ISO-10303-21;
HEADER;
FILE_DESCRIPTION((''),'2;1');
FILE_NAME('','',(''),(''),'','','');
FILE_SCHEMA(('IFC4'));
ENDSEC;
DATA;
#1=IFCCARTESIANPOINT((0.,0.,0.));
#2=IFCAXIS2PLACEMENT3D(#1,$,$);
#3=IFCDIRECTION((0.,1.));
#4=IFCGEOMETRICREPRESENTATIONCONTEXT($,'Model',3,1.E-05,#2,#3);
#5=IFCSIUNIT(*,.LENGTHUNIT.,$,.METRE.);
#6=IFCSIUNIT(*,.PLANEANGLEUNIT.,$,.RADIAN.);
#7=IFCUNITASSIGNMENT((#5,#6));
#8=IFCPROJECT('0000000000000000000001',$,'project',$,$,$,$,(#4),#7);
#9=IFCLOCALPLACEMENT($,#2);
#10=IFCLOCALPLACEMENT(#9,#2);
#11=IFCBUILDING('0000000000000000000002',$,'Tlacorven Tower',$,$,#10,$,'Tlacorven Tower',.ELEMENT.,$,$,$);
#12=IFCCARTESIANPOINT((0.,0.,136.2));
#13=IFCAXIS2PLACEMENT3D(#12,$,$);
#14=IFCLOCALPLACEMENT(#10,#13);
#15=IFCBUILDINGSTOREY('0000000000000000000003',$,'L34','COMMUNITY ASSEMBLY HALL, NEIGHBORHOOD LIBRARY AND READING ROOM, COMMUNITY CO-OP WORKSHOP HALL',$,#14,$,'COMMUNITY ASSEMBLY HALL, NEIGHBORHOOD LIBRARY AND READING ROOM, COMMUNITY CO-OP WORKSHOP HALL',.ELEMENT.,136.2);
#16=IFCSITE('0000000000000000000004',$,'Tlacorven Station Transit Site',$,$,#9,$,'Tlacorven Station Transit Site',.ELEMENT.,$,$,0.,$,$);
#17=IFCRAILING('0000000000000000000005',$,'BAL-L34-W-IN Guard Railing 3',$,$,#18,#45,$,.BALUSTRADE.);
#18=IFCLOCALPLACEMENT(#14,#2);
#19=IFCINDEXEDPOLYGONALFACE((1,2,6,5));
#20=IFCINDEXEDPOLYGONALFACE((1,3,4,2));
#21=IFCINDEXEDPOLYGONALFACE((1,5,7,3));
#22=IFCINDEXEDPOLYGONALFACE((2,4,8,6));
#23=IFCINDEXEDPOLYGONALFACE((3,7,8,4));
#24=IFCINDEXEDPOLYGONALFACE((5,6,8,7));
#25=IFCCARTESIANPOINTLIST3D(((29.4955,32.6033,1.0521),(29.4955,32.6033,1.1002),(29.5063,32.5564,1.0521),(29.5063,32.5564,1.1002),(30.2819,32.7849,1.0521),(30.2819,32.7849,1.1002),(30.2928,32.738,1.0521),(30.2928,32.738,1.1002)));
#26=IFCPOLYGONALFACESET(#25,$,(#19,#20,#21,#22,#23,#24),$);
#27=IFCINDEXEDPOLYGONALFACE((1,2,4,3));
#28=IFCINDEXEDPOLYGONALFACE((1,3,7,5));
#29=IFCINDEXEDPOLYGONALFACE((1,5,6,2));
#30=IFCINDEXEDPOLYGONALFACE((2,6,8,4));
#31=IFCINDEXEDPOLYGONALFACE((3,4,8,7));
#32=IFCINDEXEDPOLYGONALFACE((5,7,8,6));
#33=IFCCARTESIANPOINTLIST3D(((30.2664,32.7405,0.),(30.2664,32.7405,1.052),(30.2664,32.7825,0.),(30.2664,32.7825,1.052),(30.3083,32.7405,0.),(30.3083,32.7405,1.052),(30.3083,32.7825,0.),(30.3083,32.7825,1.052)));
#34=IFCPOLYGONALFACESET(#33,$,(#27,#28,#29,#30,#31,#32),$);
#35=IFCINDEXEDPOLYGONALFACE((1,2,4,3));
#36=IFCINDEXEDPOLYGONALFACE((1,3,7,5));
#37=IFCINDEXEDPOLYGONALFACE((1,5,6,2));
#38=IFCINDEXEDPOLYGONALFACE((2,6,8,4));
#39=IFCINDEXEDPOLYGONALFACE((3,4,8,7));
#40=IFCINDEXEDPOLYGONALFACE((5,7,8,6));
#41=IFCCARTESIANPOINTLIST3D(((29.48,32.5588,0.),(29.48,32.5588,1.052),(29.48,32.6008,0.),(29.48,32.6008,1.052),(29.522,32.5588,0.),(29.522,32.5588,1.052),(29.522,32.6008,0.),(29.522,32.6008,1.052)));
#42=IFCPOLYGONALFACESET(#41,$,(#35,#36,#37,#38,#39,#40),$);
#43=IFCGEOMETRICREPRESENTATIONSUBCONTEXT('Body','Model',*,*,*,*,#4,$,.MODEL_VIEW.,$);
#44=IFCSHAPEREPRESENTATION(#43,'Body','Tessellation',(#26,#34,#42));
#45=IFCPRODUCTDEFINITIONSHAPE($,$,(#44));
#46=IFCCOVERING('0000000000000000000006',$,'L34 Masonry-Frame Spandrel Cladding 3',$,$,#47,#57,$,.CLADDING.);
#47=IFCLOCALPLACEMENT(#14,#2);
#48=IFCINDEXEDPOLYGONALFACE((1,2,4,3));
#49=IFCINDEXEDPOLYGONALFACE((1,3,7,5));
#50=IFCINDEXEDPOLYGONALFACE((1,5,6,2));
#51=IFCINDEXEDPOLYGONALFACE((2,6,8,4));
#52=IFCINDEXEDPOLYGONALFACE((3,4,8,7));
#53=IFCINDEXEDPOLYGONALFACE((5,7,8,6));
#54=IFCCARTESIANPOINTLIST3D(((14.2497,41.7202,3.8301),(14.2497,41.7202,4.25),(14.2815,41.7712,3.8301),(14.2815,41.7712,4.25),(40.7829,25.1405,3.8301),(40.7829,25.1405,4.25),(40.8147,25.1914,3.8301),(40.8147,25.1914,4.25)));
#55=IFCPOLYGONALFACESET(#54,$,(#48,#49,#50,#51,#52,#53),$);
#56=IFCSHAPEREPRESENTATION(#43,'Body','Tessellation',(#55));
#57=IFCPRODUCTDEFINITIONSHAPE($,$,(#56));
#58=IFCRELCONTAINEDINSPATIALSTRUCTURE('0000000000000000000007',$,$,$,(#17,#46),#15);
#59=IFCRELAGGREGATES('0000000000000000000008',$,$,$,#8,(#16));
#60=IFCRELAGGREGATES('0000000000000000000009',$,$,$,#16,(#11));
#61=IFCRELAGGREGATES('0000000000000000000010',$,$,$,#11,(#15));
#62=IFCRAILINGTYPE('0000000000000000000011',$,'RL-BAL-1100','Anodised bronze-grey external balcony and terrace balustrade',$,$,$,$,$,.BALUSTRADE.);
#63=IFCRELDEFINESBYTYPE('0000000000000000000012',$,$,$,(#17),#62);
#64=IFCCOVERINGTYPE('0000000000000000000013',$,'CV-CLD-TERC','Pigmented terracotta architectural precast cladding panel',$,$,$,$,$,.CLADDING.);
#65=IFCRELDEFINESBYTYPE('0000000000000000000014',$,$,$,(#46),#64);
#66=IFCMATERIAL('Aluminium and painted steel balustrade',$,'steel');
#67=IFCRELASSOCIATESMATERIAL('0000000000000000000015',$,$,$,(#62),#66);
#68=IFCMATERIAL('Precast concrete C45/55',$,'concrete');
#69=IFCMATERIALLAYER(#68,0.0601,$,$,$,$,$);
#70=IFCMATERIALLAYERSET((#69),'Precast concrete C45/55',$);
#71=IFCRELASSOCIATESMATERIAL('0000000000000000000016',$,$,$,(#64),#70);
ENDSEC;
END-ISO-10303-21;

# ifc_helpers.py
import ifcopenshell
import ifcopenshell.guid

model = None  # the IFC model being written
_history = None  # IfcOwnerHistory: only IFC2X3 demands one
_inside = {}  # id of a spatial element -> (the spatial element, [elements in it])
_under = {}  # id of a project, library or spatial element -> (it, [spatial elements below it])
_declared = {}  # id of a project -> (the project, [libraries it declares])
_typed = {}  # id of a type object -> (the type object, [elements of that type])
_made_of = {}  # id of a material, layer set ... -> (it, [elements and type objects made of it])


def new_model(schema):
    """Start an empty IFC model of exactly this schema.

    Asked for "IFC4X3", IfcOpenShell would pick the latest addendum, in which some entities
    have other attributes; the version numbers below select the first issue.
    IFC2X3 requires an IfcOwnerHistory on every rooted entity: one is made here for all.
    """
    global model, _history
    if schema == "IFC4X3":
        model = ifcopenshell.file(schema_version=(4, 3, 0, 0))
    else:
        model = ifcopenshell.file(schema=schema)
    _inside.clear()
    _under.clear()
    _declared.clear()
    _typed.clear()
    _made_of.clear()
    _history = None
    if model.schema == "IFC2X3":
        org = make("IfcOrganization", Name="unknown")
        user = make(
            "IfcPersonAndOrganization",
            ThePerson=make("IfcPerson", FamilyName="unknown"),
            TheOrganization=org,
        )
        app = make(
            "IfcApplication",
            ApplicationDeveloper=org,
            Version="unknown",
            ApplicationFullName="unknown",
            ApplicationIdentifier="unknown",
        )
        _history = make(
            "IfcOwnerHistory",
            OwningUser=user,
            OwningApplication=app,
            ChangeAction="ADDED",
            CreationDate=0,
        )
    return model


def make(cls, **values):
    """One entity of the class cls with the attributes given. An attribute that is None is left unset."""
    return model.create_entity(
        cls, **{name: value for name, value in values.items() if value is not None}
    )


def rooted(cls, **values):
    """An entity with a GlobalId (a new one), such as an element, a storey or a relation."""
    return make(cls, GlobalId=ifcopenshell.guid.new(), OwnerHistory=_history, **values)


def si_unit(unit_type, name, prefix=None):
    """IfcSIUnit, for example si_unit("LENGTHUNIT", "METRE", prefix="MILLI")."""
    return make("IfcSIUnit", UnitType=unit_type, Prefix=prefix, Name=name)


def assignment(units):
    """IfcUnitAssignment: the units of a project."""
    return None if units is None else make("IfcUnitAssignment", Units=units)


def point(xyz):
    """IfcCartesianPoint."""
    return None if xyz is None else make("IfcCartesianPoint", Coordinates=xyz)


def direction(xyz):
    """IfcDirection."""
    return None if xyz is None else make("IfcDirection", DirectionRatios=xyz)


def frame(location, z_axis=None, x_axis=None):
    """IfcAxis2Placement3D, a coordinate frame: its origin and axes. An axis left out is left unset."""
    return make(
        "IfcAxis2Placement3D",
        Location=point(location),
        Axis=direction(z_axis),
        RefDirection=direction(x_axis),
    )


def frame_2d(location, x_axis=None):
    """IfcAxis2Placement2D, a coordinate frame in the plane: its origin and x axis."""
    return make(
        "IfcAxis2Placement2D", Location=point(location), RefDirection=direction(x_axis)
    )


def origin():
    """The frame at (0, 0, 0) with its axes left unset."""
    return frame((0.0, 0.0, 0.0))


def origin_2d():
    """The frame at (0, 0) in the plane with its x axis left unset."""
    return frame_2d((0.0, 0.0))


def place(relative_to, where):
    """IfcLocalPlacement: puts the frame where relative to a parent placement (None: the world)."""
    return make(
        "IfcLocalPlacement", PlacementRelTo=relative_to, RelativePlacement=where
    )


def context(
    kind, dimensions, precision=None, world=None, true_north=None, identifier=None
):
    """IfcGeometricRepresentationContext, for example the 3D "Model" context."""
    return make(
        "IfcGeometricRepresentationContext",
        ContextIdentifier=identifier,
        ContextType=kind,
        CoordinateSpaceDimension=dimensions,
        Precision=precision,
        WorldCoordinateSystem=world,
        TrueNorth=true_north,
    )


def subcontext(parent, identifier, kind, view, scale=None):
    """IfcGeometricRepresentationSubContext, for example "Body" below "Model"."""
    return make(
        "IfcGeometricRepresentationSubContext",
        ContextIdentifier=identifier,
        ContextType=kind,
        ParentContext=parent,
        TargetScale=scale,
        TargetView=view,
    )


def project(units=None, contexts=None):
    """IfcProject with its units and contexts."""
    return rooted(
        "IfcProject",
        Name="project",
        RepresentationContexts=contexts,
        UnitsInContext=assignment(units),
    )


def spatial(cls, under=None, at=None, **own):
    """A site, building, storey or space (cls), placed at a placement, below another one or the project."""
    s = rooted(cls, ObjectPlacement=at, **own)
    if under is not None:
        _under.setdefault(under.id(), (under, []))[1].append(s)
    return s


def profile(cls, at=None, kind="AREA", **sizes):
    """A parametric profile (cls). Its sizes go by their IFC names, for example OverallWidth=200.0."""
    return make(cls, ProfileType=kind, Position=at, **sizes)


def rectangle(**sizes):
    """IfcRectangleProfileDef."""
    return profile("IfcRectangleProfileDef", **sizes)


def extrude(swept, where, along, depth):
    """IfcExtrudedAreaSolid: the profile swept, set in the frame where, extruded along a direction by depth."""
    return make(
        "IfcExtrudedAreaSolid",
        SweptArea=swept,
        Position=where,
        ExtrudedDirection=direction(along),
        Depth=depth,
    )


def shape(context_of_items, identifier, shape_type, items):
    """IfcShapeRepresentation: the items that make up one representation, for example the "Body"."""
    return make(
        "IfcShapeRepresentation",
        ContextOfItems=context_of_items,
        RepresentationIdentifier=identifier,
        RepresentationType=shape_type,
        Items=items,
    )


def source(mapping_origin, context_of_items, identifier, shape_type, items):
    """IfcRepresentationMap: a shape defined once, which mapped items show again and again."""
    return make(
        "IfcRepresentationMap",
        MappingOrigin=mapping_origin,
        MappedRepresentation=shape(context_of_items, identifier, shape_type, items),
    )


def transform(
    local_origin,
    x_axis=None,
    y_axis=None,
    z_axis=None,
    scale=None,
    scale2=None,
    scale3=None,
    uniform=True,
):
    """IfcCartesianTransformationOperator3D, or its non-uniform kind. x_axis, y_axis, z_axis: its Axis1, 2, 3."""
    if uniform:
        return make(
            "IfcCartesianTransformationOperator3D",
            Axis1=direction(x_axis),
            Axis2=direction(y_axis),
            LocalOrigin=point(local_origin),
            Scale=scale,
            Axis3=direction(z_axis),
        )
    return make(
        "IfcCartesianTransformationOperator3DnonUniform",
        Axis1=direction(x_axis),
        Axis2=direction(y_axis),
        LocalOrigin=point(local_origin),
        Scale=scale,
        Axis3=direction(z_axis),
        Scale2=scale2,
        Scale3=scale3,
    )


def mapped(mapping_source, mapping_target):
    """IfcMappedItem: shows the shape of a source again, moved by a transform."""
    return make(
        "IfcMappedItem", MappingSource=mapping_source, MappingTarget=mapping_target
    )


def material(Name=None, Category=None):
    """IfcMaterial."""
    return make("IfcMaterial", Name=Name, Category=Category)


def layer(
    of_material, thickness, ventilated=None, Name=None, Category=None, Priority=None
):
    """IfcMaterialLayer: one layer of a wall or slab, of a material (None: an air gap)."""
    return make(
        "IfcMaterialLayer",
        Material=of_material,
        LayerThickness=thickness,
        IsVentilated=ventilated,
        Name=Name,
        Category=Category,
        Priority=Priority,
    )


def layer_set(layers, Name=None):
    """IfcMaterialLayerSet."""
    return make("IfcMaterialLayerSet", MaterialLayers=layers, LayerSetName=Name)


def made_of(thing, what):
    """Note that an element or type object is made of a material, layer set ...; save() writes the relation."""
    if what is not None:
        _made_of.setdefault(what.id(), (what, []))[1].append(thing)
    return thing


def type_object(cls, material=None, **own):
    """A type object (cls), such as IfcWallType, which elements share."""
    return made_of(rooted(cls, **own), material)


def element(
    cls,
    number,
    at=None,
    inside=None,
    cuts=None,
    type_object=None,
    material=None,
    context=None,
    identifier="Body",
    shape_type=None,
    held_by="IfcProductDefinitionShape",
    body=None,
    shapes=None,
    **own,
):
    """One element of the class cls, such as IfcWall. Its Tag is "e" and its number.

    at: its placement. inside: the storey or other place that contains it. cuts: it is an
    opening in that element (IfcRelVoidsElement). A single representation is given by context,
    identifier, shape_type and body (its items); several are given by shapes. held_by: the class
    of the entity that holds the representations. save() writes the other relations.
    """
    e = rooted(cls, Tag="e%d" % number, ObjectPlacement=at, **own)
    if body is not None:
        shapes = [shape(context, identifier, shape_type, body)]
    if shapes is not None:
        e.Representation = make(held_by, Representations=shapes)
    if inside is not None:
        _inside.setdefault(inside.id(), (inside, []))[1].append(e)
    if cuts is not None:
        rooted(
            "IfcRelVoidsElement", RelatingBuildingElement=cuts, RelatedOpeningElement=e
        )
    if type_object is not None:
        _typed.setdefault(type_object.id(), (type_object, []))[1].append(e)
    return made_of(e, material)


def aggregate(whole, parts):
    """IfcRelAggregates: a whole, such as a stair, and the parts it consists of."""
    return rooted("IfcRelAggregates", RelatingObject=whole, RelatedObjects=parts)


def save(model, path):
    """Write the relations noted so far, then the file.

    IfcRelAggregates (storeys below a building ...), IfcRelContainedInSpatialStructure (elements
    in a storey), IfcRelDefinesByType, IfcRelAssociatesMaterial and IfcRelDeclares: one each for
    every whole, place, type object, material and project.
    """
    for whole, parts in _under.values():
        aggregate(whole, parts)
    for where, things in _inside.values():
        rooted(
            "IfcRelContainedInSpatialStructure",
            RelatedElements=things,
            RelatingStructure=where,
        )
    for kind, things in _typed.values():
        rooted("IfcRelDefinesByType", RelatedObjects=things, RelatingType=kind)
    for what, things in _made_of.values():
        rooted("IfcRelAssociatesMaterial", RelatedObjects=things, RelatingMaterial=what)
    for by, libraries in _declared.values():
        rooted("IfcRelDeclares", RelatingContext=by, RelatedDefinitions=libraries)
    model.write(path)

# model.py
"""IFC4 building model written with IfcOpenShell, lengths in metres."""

from ifc_helpers import new_model, si_unit, direction, frame, origin, origin_2d, place, context, subcontext, project, spatial, rectangle, extrude, source, transform, mapped, material, layer, layer_set, type_object, element, save


model = new_model("IFC4")

# Units and contexts
model_context = context("Model", 3, precision=1e-05, world=origin(), true_north=direction((0.0, 1.0)))
body_context = subcontext(model_context, "Body", "Model", "MODEL_VIEW")
ifc_project = project(units=[si_unit("LENGTHUNIT", "METRE"), si_unit("PLANEANGLEUNIT", "RADIAN")], contexts=[model_context])

# Site, building, storey
site_placement = place(None, origin())
site = spatial("IfcSite", under=ifc_project, at=site_placement, Name="Tlacorven Station Transit Site", LongName="Tlacorven Station Transit Site", CompositionType="ELEMENT", RefElevation=0.0)
building_placement = place(site_placement, origin())
building = spatial("IfcBuilding", under=site, at=building_placement, Name="Tlacorven Tower", LongName="Tlacorven Tower", CompositionType="ELEMENT")
storey_placement = place(building_placement, frame((0.0, 0.0, 136.2)))
storey = spatial("IfcBuildingStorey", under=building, at=storey_placement, Name="L34", Description="COMMUNITY ASSEMBLY HALL, NEIGHBORHOOD LIBRARY AND READING ROOM, COMMUNITY CO-OP WORKSHOP HALL", LongName="COMMUNITY ASSEMBLY HALL, NEIGHBORHOOD LIBRARY AND READING ROOM, COMMUNITY CO-OP WORKSHOP HALL", CompositionType="ELEMENT", Elevation=136.2)

# Railing
ifc_material_1 = material(Name="Aluminium and painted steel balustrade", Category="steel")
railing_type = type_object("IfcRailingType", Name="RL-BAL-1100", Description="Anodised bronze-grey external balcony and terrace balustrade", PredefinedType="BALUSTRADE", material=ifc_material_1)
shared_shape_1 = source(origin(), body_context, "Body", "SweptSolid", [
    extrude(rectangle(XDim=0.0481, YDim=0.0481, at=origin_2d()), frame((0.0, 0.0, 1.0762), z_axis=(-0.974345, -0.225058, 0.0), x_axis=(0.225058, -0.974345, 0.0)), (0.0, 0.0, 1.0), 0.8071),
    extrude(rectangle(XDim=0.042, YDim=0.042, at=origin_2d()), origin(), (0.0, 0.0, 1.0), 1.052),
    extrude(rectangle(XDim=0.042, YDim=0.042, at=origin_2d()), frame((-0.7864, -0.1816, 0.0)), (0.0, 0.0, 1.0), 1.052),
])
railing_1_placement = place(storey_placement, frame((30.2874, 32.7615, 0.0)))
element("IfcRailing", 1, at=railing_1_placement, inside=storey, type_object=railing_type, Name="BAL-L34-W-IN Guard Railing 3", PredefinedType="BALUSTRADE", context=body_context, shape_type="MappedRepresentation", body=[
    mapped(shared_shape_1, transform((0.0, 0.0, 0.0), scale=1.0)),
])

# Covering
ifc_material_2 = material(Name="Precast concrete C45/55", Category="concrete")
ifc_layer_1 = layer(ifc_material_2, 0.0601)
ifc_layer_set_1 = layer_set([ifc_layer_1], Name="Precast concrete C45/55")
covering_type = type_object("IfcCoveringType", Name="CV-CLD-TERC", Description="Pigmented terracotta architectural precast cladding panel", PredefinedType="CLADDING", material=ifc_layer_set_1)
shared_shape_2 = source(origin(), body_context, "Body", "SweptSolid", [
    extrude(rectangle(XDim=31.2874, YDim=0.0601, at=origin_2d()), origin(), (0.0, 0.0, 1.0), 0.4199),
])
covering_placement = place(storey_placement, frame((27.5322, 33.4558, 3.8301), z_axis=(0.0, 0.0, 1.0), x_axis=(0.848048, -0.529919, 0.0)))
element("IfcCovering", 2, at=covering_placement, inside=storey, type_object=covering_type, Name="L34 Masonry-Frame Spandrel Cladding 3", PredefinedType="CLADDING", context=body_context, shape_type="MappedRepresentation", body=[
    mapped(shared_shape_2, transform((0.0, 0.0, 0.0), scale=1.0)),
])

save(model, "model.ifc")
